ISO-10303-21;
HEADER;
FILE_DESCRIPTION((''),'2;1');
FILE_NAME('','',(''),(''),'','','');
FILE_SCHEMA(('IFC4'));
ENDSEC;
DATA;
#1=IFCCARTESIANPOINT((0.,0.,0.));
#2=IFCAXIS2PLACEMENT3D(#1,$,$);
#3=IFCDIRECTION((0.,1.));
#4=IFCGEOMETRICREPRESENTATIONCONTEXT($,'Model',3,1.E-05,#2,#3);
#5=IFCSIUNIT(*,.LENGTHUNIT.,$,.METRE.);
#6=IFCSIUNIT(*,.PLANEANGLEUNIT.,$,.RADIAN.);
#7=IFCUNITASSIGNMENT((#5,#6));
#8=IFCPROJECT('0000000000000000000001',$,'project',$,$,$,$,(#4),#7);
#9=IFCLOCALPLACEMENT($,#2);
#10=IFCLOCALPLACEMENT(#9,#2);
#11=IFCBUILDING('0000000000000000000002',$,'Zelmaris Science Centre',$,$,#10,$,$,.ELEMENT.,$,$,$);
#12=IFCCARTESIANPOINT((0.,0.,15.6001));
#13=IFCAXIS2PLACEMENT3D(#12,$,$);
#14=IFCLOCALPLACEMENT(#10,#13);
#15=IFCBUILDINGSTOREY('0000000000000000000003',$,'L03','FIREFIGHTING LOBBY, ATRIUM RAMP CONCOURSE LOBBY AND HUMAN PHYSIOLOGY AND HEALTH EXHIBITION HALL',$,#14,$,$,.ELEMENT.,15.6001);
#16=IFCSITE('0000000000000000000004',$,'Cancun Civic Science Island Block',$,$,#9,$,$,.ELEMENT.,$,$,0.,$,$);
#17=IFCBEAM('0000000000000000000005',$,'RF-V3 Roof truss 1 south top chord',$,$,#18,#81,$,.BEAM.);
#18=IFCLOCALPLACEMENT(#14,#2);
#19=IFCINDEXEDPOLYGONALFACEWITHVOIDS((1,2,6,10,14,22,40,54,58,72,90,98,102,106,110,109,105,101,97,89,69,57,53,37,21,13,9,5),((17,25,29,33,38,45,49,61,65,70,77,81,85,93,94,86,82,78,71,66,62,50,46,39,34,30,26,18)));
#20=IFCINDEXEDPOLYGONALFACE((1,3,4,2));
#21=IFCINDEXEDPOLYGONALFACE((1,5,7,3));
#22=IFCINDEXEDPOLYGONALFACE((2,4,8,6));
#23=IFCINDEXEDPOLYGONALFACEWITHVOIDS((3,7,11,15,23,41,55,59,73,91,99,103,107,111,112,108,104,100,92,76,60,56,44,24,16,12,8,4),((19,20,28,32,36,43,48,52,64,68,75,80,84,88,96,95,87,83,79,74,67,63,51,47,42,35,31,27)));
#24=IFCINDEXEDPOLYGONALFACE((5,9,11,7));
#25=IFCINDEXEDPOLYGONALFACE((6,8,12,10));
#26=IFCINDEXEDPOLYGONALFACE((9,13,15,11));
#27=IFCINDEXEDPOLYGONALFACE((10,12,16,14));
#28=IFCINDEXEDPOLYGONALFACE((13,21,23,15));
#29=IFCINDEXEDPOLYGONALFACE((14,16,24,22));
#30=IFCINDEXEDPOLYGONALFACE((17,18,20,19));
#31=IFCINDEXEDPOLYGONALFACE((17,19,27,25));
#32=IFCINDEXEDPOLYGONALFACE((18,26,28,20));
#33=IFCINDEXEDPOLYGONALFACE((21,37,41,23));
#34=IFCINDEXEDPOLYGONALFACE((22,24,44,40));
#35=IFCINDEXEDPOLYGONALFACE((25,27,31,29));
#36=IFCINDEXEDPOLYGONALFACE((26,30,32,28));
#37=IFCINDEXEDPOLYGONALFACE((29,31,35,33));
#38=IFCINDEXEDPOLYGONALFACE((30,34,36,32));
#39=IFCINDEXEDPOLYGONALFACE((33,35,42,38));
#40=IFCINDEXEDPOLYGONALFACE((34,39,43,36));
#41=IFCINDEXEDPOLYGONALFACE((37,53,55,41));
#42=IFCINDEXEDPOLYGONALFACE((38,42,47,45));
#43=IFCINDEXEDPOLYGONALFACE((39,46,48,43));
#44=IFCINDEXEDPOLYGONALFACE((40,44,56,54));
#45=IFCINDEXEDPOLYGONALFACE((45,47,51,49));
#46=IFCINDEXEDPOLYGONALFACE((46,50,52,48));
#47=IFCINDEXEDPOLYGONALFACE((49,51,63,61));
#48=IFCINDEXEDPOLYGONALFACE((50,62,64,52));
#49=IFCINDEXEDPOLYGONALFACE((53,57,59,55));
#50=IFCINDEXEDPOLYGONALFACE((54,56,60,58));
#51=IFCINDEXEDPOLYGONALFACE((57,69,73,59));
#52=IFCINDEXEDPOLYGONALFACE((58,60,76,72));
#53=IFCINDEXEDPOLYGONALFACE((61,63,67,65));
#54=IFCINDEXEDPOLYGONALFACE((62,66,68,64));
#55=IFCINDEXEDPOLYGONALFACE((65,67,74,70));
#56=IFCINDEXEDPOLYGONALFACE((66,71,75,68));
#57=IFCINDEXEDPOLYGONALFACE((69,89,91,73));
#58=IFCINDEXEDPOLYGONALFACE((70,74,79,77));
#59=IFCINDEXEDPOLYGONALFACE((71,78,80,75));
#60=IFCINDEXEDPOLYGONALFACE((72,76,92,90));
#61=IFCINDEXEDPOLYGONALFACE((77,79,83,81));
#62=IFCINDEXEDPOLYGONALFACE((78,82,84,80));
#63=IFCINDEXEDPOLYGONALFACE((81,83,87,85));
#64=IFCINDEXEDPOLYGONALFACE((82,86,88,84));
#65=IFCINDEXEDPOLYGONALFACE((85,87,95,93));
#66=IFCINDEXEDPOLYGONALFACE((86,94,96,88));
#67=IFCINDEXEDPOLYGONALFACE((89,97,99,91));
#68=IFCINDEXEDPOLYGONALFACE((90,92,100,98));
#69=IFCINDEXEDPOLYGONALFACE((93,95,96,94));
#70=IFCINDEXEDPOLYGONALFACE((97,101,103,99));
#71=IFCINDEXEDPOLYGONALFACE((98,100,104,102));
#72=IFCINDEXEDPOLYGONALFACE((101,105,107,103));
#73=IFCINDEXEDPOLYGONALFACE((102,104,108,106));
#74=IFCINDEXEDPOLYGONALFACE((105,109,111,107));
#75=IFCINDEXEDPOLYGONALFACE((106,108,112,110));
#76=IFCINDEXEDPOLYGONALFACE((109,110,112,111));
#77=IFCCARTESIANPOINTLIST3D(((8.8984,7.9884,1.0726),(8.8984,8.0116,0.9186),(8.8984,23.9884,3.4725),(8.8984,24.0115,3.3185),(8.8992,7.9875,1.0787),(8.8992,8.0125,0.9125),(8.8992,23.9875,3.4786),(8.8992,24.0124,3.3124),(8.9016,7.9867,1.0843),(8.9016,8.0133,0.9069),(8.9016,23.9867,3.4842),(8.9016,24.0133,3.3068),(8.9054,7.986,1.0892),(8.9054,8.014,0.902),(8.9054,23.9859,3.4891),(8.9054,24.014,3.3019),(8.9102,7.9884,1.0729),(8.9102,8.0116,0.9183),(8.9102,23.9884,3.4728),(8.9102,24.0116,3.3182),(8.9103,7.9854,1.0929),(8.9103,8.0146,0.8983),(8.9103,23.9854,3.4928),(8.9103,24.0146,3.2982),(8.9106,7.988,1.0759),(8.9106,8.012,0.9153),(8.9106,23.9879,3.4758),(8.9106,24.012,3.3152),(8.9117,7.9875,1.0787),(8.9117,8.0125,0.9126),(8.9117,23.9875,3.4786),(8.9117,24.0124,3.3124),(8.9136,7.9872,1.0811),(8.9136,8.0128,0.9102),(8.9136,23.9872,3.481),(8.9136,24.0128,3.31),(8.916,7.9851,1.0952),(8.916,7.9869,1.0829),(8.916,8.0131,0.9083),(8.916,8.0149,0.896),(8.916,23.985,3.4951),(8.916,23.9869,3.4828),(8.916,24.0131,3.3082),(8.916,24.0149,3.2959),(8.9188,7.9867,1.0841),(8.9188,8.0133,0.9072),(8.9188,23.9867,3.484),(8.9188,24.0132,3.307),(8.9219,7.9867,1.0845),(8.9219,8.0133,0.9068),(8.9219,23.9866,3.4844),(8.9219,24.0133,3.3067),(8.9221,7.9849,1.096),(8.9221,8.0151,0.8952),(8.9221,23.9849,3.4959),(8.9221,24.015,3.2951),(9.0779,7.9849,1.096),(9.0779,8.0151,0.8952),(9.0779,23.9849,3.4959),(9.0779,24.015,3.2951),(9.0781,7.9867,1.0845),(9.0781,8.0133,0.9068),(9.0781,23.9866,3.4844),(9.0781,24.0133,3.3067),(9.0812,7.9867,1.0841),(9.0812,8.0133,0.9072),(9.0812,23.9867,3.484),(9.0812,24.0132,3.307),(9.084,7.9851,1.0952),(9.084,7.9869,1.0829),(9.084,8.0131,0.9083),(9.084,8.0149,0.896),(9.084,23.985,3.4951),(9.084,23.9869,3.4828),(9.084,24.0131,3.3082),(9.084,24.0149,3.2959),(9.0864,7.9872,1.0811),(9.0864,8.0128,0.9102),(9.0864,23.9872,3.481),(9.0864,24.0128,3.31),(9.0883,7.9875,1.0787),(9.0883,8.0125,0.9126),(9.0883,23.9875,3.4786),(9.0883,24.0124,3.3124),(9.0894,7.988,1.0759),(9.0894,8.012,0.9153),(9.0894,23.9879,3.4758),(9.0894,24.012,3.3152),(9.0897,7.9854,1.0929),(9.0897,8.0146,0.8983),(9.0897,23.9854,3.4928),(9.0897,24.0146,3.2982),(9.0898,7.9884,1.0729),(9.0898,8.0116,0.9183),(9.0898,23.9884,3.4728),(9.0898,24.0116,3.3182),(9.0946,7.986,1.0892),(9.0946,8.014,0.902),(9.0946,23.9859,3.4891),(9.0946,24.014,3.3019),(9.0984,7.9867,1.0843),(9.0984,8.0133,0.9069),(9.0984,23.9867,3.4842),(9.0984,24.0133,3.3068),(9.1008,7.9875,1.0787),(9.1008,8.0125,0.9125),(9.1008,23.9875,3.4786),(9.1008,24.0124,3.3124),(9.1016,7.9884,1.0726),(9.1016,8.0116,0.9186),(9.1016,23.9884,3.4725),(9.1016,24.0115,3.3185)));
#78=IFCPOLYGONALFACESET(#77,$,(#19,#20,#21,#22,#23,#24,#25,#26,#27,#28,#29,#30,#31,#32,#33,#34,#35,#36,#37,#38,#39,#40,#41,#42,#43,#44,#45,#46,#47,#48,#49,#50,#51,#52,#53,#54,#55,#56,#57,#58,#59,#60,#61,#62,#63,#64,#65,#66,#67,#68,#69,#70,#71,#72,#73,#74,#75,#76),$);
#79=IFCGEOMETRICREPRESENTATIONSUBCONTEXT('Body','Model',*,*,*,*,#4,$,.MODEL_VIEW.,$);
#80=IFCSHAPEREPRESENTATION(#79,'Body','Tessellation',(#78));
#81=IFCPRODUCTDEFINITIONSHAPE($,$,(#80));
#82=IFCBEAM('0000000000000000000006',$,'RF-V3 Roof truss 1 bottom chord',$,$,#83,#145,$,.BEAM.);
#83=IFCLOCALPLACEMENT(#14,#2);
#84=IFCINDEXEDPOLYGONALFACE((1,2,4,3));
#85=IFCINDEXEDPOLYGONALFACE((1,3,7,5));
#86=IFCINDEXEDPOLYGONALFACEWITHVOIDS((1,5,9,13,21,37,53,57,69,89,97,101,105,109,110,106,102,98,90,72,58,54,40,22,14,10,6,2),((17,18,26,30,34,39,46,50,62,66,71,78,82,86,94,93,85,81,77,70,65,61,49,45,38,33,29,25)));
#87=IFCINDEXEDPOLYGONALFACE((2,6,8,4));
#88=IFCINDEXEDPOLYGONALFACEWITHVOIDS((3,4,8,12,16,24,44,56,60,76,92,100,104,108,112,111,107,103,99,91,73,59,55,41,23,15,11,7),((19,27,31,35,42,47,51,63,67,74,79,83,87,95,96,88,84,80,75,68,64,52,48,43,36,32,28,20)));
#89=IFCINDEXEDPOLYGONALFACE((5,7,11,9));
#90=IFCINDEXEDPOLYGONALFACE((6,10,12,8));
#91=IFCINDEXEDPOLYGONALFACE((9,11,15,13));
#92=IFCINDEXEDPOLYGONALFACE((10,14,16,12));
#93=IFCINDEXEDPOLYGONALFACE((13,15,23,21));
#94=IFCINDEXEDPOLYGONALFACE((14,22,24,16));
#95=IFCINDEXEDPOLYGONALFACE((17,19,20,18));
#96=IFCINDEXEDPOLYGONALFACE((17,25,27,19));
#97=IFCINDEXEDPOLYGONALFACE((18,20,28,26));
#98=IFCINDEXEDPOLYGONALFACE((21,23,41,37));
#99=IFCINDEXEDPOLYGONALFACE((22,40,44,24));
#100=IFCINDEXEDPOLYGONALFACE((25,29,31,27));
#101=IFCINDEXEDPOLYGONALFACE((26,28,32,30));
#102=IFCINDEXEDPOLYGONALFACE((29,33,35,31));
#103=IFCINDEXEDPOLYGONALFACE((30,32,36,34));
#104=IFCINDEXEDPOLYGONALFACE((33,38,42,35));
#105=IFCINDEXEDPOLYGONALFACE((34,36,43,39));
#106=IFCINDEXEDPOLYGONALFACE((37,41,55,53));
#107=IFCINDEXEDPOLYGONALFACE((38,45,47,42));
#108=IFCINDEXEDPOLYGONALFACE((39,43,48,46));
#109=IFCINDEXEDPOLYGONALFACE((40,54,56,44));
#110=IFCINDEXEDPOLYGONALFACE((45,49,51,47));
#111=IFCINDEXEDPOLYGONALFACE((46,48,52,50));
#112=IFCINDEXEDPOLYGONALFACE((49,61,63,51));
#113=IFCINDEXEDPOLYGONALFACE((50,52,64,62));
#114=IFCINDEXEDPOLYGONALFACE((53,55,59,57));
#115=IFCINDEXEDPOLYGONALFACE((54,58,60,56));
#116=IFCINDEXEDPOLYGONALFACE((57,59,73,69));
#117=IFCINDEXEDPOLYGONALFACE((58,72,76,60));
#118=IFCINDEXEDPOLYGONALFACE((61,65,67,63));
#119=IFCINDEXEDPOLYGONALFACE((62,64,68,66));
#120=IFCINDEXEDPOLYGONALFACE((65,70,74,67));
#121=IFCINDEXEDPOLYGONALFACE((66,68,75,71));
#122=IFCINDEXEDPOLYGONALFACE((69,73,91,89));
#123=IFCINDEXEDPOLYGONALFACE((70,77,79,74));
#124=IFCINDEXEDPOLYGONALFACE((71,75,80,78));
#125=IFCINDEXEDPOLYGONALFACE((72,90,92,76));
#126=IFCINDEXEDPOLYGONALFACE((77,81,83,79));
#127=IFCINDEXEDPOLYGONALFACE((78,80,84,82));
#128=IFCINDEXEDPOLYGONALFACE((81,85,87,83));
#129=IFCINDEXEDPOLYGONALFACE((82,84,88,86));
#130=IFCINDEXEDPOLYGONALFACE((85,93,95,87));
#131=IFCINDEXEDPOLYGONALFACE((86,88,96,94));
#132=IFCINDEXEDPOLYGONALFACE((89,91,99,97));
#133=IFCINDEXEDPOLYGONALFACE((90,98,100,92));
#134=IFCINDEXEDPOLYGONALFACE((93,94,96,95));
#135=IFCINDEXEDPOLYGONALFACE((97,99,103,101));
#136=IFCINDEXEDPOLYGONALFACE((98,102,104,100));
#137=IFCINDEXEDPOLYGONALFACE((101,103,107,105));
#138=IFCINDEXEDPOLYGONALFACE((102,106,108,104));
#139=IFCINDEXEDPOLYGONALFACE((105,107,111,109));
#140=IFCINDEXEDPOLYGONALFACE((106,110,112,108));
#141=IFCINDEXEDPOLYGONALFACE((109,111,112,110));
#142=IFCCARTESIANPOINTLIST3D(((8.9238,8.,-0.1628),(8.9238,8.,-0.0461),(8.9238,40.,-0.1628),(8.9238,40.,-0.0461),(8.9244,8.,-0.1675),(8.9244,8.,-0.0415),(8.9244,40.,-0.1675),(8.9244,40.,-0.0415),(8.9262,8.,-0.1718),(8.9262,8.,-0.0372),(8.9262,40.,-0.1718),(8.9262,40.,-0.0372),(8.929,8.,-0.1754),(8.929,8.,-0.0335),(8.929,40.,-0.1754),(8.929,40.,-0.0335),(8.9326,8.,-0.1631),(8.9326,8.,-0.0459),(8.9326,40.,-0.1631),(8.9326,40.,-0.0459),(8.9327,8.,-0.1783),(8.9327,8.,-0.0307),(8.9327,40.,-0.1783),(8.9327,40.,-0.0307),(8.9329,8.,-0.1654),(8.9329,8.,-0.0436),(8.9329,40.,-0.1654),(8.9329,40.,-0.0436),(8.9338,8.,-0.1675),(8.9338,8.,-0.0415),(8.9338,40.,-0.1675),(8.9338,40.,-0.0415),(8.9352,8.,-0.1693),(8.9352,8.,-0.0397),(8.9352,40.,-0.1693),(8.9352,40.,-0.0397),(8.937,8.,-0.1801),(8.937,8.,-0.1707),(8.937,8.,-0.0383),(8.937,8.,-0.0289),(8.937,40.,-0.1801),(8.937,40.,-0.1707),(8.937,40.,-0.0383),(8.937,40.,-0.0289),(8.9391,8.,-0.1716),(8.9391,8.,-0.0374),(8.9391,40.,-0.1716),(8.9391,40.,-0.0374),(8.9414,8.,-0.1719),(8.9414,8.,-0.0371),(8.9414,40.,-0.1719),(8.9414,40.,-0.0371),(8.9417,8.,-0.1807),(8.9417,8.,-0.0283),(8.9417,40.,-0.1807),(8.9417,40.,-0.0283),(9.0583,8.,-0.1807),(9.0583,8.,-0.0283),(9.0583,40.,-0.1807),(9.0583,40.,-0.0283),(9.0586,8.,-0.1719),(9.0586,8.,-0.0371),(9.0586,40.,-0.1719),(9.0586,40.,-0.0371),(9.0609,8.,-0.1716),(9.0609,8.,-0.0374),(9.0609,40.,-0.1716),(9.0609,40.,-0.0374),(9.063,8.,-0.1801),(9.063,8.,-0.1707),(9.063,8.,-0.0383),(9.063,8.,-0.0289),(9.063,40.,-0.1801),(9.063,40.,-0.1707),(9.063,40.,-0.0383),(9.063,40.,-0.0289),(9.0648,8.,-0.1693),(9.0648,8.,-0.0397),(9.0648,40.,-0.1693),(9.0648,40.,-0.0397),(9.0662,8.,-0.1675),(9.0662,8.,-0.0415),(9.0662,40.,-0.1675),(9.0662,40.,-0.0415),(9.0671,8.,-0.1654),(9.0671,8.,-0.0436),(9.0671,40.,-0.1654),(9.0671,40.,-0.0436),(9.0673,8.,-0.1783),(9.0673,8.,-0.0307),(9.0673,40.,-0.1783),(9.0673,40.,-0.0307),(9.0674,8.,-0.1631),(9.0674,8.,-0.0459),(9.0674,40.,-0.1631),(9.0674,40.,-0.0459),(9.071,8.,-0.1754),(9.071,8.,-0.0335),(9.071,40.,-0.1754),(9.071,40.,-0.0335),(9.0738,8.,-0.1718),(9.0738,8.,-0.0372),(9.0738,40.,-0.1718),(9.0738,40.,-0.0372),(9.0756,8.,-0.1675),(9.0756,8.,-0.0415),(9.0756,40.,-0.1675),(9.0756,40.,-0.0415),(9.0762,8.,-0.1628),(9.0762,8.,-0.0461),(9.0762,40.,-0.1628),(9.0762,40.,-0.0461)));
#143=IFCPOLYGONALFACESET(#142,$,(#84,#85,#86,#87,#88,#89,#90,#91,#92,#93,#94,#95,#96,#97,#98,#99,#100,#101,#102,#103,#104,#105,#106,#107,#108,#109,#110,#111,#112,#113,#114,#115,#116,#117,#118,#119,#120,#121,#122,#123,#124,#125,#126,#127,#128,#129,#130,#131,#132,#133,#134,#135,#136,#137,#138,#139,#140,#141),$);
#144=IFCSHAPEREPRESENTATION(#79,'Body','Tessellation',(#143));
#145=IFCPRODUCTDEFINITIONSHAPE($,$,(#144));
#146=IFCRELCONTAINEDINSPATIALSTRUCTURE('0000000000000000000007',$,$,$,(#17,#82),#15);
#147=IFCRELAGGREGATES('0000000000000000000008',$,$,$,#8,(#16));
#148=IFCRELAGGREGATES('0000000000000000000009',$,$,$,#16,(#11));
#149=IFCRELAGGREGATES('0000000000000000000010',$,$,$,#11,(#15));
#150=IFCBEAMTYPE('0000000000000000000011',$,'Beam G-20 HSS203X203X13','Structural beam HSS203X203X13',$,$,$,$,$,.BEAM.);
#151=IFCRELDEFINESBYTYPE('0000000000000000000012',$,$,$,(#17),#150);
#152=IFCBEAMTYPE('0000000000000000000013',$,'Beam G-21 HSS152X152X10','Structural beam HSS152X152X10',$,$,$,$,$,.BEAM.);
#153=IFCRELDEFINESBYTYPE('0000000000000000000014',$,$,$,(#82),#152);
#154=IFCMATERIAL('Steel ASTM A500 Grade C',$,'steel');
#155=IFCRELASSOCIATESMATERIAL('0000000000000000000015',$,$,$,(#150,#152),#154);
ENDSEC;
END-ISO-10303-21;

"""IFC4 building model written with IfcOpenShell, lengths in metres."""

from ifc_helpers import new_model, si_unit, direction, frame, origin, origin_2d, place, context, subcontext, project, spatial, hollow_rectangle, extrude, material, material_profile, profile_set, type_object, element, save


model = new_model("IFC4")

# Units and contexts
model_context = context("Model", 3, precision=1e-05, world=origin(), true_north=direction((0.0, 1.0)))
body_context = subcontext(model_context, "Body", "Model", "MODEL_VIEW")
ifc_project = project(units=[si_unit("LENGTHUNIT", "METRE"), si_unit("PLANEANGLEUNIT", "RADIAN")], contexts=[model_context])

# Site, building, storey
site_placement = place(None, origin())
site = spatial("IfcSite", under=ifc_project, at=site_placement, Name="Cancun Civic Science Island Block", CompositionType="ELEMENT", RefElevation=0.0)
building_placement = place(site_placement, origin())
building = spatial("IfcBuilding", under=site, at=building_placement, Name="Zelmaris Science Centre", CompositionType="ELEMENT")
storey_placement = place(building_placement, frame((0.0, 0.0, 15.6001)))
storey = spatial("IfcBuildingStorey", under=building, at=storey_placement, Name="L03", Description="FIREFIGHTING LOBBY, ATRIUM RAMP CONCOURSE LOBBY AND HUMAN PHYSIOLOGY AND HEALTH EXHIBITION HALL", CompositionType="ELEMENT", Elevation=15.6001)

# Beams
ifc_material_1 = material(Name="Steel ASTM A500 Grade C", Category="steel")
ifc_material_profile_1 = material_profile(ifc_material_1, hollow_rectangle(XDim=0.2031, YDim=0.2031, WallThickness=0.0117, InnerFilletRadius=0.0117, OuterFilletRadius=0.0237, at=origin_2d()), Name="HSS203X203X13")
ifc_profile_set_1 = profile_set([ifc_material_profile_1], Name="Steel ASTM A500 Grade C")
beam_type_1 = type_object("IfcBeamType", Name="Beam G-20 HSS203X203X13", Description="Structural beam HSS203X203X13", PredefinedType="BEAM", material=ifc_profile_set_1)
beam_1_placement = place(storey_placement, frame((9.0, 8.0, 0.9956), z_axis=(0.0, 0.988937, 0.148335), x_axis=(-1.0, 0.0, 0.0)))
element("IfcBeam", 1, at=beam_1_placement, inside=storey, type_object=beam_type_1, Name="RF-V3 Roof truss 1 south top chord", PredefinedType="BEAM", context=body_context, shape_type="SweptSolid", body=[
    extrude(hollow_rectangle(XDim=0.2031, YDim=0.2031, WallThickness=0.0117, InnerFilletRadius=0.0117, OuterFilletRadius=0.0237, at=origin_2d()), origin(), (0.0, 0.0, 1.0), 16.179),
])
ifc_material_profile_2 = material_profile(ifc_material_1, hollow_rectangle(XDim=0.1523, YDim=0.1523, WallThickness=0.0088, InnerFilletRadius=0.0088, OuterFilletRadius=0.0178, at=origin_2d()), Name="HSS152X152X10")
ifc_profile_set_2 = profile_set([ifc_material_profile_2], Name="Steel ASTM A500 Grade C")
beam_type_2 = type_object("IfcBeamType", Name="Beam G-21 HSS152X152X10", Description="Structural beam HSS152X152X10", PredefinedType="BEAM", material=ifc_profile_set_2)
beam_2_placement = place(storey_placement, frame((9.0, 8.0, -0.1045), z_axis=(0.0, 1.0, 0.0), x_axis=(-1.0, 0.0, 0.0)))
element("IfcBeam", 2, at=beam_2_placement, inside=storey, type_object=beam_type_2, Name="RF-V3 Roof truss 1 bottom chord", PredefinedType="BEAM", context=body_context, shape_type="SweptSolid", body=[
    extrude(hollow_rectangle(XDim=0.1523, YDim=0.1523, WallThickness=0.0088, InnerFilletRadius=0.0088, OuterFilletRadius=0.0178, at=origin_2d()), origin(), (0.0, 0.0, 1.0), 32.0),
])

save(model, "model.ifc")
